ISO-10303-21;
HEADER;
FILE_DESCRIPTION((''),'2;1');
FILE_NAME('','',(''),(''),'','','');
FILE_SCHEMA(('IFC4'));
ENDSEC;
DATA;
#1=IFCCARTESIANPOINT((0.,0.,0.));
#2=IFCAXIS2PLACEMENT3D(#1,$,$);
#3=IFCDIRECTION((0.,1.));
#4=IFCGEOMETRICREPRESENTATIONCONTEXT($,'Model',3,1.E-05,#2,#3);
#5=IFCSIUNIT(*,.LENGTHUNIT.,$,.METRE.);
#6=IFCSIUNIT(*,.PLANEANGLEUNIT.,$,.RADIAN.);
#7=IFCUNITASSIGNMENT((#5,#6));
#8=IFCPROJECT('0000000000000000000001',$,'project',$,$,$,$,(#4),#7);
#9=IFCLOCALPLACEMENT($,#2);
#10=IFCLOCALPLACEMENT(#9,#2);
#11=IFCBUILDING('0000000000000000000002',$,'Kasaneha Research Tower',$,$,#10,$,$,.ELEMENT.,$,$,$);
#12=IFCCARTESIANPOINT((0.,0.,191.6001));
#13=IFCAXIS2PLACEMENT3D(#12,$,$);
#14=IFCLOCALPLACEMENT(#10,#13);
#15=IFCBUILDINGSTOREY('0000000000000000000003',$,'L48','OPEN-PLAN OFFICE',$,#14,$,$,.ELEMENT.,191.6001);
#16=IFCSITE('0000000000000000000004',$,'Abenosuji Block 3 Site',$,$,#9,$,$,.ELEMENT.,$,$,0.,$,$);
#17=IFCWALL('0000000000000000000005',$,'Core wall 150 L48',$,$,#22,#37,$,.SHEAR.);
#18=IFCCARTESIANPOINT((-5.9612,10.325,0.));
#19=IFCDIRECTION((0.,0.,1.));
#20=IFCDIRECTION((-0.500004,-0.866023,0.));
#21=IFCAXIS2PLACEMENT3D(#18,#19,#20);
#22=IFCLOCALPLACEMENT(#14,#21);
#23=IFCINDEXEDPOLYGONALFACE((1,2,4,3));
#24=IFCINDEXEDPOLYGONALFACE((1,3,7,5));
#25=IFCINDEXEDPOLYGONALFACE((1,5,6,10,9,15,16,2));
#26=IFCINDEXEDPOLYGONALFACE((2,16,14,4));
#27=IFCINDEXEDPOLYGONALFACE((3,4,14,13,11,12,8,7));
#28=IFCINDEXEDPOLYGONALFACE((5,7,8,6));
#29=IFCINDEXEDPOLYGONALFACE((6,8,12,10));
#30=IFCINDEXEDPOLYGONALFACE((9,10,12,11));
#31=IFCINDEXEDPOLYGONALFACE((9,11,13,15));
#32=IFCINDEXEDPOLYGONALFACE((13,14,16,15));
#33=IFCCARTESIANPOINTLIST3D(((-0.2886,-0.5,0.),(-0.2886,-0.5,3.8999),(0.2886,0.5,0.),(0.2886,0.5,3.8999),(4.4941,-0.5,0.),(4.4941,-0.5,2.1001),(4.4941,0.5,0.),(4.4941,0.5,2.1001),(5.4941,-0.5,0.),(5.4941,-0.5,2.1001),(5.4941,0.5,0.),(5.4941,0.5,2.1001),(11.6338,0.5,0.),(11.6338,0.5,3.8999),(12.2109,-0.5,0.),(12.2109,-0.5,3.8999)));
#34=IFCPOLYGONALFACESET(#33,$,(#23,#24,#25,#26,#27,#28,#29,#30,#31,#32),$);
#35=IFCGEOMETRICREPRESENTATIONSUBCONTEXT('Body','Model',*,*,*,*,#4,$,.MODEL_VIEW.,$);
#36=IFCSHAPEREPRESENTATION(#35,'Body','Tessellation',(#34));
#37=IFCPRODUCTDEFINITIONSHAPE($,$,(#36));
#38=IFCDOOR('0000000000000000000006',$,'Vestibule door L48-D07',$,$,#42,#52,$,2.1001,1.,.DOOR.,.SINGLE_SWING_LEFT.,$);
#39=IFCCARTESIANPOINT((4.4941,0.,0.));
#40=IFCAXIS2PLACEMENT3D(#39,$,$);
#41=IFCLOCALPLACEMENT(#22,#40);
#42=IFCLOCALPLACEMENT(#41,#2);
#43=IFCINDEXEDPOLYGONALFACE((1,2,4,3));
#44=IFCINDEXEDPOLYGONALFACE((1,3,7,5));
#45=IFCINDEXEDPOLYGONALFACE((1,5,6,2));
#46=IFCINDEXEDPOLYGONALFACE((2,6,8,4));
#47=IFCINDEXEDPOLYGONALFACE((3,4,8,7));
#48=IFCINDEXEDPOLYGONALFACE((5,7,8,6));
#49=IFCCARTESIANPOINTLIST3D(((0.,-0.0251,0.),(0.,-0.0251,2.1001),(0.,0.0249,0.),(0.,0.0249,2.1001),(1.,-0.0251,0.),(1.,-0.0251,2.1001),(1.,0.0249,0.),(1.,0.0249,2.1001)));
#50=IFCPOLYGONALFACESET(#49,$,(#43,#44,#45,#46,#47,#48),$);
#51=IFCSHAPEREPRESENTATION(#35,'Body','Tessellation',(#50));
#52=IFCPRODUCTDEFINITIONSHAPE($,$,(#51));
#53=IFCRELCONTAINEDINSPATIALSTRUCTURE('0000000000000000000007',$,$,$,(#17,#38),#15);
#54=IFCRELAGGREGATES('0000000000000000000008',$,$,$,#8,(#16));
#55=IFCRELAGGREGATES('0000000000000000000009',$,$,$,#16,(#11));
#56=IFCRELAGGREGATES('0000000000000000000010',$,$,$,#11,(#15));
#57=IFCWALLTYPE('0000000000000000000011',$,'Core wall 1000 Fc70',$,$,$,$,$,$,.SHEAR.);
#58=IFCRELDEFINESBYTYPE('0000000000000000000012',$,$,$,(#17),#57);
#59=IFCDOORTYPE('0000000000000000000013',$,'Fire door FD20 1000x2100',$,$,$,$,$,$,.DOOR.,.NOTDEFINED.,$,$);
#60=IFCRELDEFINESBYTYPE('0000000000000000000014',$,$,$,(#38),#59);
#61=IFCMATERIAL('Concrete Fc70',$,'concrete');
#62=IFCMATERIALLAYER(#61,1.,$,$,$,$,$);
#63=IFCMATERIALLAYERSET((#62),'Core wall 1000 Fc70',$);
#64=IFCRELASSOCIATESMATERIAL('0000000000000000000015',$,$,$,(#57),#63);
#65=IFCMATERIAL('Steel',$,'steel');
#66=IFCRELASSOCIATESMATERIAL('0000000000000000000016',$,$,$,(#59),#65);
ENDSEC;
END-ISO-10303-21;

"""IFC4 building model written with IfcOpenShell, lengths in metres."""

from ifc_helpers import new_model, si_unit, direction, frame, frame_2d, origin, place, context, subcontext, project, spatial, polyline, rectangle, outline, extrude, material, layer, layer_set, type_object, element, fill, save


model = new_model("IFC4")

# Units and contexts
model_context = context("Model", 3, precision=1e-05, world=origin(), true_north=direction((0.0, 1.0)))
body_context = subcontext(model_context, "Body", "Model", "MODEL_VIEW")
ifc_project = project(units=[si_unit("LENGTHUNIT", "METRE"), si_unit("PLANEANGLEUNIT", "RADIAN")], contexts=[model_context])

# Site, building, storey
site_placement = place(None, origin())
site = spatial("IfcSite", under=ifc_project, at=site_placement, Name="Abenosuji Block 3 Site", CompositionType="ELEMENT", RefElevation=0.0)
building_placement = place(site_placement, origin())
building = spatial("IfcBuilding", under=site, at=building_placement, Name="Kasaneha Research Tower", CompositionType="ELEMENT")
storey_placement = place(building_placement, frame((0.0, 0.0, 191.6001)))
storey = spatial("IfcBuildingStorey", under=building, at=storey_placement, Name="L48", Description="OPEN-PLAN OFFICE", CompositionType="ELEMENT", Elevation=191.6001)

# Wall, opening, door
ifc_material_1 = material(Name="Concrete Fc70", Category="concrete")
ifc_layer_1 = layer(ifc_material_1, 1.0)
ifc_layer_set_1 = layer_set([ifc_layer_1], Name="Core wall 1000 Fc70")
wall_type_1 = type_object("IfcWallType", Name="Core wall 1000 Fc70", PredefinedType="SHEAR", material=ifc_layer_set_1)
wall_1_placement = place(storey_placement, frame((-5.9612, 10.325, 0.0), z_axis=(0.0, 0.0, 1.0), x_axis=(-0.500004, -0.866023, 0.0)))
wall_1 = element("IfcWall", 1, at=wall_1_placement, inside=storey, type_object=wall_type_1, Name="Core wall 150 L48", PredefinedType="SHEAR", context=body_context, shape_type="SweptSolid", body=[
    extrude(outline(polyline([(-0.2886, -0.5), (4.4941, -0.5), (5.4941, -0.5), (12.2109, -0.5), (11.6338, 0.5), (5.4941, 0.5), (4.4941, 0.5), (0.2886, 0.5), (-0.2886, -0.5)])), origin(), (0.0, 0.0, 1.0), 3.8999),
])
opening_1_placement = place(wall_1_placement, frame((4.4941, 0.0, 0.0)))
opening_1 = element("IfcOpeningElement", 2, at=opening_1_placement, cuts=wall_1, PredefinedType="OPENING", context=body_context, shape_type="SweptSolid", body=[
    extrude(rectangle(XDim=1.0, YDim=2.1001, at=frame_2d((0.5, 1.05))), frame((0.0, 0.51, 0.0), z_axis=(0.0, -1.0, 0.0), x_axis=(1.0, 0.0, 0.0)), (0.0, 0.0, 1.0), 1.02),
])
ifc_material_2 = material(Name="Steel", Category="steel")
door_type_1 = type_object("IfcDoorType", Name="Fire door FD20 1000x2100", OperationType="NOTDEFINED", PredefinedType="DOOR", material=ifc_material_2)
door_1_placement = place(opening_1_placement, origin())
door_1 = element("IfcDoor", 3, at=door_1_placement, inside=storey, type_object=door_type_1, Name="Vestibule door L48-D07", OperationType="SINGLE_SWING_LEFT", OverallHeight=2.1001, OverallWidth=1.0, PredefinedType="DOOR", context=body_context, shape_type="SweptSolid", body=[
    extrude(rectangle(XDim=1.0, YDim=2.1001, at=frame_2d((0.5, 1.05))), frame((0.0, 0.0249, 0.0), z_axis=(0.0, -1.0, 0.0), x_axis=(1.0, 0.0, 0.0)), (0.0, 0.0, 1.0), 0.05),
])
fill(opening_1, door_1)

save(model, "model.ifc")
